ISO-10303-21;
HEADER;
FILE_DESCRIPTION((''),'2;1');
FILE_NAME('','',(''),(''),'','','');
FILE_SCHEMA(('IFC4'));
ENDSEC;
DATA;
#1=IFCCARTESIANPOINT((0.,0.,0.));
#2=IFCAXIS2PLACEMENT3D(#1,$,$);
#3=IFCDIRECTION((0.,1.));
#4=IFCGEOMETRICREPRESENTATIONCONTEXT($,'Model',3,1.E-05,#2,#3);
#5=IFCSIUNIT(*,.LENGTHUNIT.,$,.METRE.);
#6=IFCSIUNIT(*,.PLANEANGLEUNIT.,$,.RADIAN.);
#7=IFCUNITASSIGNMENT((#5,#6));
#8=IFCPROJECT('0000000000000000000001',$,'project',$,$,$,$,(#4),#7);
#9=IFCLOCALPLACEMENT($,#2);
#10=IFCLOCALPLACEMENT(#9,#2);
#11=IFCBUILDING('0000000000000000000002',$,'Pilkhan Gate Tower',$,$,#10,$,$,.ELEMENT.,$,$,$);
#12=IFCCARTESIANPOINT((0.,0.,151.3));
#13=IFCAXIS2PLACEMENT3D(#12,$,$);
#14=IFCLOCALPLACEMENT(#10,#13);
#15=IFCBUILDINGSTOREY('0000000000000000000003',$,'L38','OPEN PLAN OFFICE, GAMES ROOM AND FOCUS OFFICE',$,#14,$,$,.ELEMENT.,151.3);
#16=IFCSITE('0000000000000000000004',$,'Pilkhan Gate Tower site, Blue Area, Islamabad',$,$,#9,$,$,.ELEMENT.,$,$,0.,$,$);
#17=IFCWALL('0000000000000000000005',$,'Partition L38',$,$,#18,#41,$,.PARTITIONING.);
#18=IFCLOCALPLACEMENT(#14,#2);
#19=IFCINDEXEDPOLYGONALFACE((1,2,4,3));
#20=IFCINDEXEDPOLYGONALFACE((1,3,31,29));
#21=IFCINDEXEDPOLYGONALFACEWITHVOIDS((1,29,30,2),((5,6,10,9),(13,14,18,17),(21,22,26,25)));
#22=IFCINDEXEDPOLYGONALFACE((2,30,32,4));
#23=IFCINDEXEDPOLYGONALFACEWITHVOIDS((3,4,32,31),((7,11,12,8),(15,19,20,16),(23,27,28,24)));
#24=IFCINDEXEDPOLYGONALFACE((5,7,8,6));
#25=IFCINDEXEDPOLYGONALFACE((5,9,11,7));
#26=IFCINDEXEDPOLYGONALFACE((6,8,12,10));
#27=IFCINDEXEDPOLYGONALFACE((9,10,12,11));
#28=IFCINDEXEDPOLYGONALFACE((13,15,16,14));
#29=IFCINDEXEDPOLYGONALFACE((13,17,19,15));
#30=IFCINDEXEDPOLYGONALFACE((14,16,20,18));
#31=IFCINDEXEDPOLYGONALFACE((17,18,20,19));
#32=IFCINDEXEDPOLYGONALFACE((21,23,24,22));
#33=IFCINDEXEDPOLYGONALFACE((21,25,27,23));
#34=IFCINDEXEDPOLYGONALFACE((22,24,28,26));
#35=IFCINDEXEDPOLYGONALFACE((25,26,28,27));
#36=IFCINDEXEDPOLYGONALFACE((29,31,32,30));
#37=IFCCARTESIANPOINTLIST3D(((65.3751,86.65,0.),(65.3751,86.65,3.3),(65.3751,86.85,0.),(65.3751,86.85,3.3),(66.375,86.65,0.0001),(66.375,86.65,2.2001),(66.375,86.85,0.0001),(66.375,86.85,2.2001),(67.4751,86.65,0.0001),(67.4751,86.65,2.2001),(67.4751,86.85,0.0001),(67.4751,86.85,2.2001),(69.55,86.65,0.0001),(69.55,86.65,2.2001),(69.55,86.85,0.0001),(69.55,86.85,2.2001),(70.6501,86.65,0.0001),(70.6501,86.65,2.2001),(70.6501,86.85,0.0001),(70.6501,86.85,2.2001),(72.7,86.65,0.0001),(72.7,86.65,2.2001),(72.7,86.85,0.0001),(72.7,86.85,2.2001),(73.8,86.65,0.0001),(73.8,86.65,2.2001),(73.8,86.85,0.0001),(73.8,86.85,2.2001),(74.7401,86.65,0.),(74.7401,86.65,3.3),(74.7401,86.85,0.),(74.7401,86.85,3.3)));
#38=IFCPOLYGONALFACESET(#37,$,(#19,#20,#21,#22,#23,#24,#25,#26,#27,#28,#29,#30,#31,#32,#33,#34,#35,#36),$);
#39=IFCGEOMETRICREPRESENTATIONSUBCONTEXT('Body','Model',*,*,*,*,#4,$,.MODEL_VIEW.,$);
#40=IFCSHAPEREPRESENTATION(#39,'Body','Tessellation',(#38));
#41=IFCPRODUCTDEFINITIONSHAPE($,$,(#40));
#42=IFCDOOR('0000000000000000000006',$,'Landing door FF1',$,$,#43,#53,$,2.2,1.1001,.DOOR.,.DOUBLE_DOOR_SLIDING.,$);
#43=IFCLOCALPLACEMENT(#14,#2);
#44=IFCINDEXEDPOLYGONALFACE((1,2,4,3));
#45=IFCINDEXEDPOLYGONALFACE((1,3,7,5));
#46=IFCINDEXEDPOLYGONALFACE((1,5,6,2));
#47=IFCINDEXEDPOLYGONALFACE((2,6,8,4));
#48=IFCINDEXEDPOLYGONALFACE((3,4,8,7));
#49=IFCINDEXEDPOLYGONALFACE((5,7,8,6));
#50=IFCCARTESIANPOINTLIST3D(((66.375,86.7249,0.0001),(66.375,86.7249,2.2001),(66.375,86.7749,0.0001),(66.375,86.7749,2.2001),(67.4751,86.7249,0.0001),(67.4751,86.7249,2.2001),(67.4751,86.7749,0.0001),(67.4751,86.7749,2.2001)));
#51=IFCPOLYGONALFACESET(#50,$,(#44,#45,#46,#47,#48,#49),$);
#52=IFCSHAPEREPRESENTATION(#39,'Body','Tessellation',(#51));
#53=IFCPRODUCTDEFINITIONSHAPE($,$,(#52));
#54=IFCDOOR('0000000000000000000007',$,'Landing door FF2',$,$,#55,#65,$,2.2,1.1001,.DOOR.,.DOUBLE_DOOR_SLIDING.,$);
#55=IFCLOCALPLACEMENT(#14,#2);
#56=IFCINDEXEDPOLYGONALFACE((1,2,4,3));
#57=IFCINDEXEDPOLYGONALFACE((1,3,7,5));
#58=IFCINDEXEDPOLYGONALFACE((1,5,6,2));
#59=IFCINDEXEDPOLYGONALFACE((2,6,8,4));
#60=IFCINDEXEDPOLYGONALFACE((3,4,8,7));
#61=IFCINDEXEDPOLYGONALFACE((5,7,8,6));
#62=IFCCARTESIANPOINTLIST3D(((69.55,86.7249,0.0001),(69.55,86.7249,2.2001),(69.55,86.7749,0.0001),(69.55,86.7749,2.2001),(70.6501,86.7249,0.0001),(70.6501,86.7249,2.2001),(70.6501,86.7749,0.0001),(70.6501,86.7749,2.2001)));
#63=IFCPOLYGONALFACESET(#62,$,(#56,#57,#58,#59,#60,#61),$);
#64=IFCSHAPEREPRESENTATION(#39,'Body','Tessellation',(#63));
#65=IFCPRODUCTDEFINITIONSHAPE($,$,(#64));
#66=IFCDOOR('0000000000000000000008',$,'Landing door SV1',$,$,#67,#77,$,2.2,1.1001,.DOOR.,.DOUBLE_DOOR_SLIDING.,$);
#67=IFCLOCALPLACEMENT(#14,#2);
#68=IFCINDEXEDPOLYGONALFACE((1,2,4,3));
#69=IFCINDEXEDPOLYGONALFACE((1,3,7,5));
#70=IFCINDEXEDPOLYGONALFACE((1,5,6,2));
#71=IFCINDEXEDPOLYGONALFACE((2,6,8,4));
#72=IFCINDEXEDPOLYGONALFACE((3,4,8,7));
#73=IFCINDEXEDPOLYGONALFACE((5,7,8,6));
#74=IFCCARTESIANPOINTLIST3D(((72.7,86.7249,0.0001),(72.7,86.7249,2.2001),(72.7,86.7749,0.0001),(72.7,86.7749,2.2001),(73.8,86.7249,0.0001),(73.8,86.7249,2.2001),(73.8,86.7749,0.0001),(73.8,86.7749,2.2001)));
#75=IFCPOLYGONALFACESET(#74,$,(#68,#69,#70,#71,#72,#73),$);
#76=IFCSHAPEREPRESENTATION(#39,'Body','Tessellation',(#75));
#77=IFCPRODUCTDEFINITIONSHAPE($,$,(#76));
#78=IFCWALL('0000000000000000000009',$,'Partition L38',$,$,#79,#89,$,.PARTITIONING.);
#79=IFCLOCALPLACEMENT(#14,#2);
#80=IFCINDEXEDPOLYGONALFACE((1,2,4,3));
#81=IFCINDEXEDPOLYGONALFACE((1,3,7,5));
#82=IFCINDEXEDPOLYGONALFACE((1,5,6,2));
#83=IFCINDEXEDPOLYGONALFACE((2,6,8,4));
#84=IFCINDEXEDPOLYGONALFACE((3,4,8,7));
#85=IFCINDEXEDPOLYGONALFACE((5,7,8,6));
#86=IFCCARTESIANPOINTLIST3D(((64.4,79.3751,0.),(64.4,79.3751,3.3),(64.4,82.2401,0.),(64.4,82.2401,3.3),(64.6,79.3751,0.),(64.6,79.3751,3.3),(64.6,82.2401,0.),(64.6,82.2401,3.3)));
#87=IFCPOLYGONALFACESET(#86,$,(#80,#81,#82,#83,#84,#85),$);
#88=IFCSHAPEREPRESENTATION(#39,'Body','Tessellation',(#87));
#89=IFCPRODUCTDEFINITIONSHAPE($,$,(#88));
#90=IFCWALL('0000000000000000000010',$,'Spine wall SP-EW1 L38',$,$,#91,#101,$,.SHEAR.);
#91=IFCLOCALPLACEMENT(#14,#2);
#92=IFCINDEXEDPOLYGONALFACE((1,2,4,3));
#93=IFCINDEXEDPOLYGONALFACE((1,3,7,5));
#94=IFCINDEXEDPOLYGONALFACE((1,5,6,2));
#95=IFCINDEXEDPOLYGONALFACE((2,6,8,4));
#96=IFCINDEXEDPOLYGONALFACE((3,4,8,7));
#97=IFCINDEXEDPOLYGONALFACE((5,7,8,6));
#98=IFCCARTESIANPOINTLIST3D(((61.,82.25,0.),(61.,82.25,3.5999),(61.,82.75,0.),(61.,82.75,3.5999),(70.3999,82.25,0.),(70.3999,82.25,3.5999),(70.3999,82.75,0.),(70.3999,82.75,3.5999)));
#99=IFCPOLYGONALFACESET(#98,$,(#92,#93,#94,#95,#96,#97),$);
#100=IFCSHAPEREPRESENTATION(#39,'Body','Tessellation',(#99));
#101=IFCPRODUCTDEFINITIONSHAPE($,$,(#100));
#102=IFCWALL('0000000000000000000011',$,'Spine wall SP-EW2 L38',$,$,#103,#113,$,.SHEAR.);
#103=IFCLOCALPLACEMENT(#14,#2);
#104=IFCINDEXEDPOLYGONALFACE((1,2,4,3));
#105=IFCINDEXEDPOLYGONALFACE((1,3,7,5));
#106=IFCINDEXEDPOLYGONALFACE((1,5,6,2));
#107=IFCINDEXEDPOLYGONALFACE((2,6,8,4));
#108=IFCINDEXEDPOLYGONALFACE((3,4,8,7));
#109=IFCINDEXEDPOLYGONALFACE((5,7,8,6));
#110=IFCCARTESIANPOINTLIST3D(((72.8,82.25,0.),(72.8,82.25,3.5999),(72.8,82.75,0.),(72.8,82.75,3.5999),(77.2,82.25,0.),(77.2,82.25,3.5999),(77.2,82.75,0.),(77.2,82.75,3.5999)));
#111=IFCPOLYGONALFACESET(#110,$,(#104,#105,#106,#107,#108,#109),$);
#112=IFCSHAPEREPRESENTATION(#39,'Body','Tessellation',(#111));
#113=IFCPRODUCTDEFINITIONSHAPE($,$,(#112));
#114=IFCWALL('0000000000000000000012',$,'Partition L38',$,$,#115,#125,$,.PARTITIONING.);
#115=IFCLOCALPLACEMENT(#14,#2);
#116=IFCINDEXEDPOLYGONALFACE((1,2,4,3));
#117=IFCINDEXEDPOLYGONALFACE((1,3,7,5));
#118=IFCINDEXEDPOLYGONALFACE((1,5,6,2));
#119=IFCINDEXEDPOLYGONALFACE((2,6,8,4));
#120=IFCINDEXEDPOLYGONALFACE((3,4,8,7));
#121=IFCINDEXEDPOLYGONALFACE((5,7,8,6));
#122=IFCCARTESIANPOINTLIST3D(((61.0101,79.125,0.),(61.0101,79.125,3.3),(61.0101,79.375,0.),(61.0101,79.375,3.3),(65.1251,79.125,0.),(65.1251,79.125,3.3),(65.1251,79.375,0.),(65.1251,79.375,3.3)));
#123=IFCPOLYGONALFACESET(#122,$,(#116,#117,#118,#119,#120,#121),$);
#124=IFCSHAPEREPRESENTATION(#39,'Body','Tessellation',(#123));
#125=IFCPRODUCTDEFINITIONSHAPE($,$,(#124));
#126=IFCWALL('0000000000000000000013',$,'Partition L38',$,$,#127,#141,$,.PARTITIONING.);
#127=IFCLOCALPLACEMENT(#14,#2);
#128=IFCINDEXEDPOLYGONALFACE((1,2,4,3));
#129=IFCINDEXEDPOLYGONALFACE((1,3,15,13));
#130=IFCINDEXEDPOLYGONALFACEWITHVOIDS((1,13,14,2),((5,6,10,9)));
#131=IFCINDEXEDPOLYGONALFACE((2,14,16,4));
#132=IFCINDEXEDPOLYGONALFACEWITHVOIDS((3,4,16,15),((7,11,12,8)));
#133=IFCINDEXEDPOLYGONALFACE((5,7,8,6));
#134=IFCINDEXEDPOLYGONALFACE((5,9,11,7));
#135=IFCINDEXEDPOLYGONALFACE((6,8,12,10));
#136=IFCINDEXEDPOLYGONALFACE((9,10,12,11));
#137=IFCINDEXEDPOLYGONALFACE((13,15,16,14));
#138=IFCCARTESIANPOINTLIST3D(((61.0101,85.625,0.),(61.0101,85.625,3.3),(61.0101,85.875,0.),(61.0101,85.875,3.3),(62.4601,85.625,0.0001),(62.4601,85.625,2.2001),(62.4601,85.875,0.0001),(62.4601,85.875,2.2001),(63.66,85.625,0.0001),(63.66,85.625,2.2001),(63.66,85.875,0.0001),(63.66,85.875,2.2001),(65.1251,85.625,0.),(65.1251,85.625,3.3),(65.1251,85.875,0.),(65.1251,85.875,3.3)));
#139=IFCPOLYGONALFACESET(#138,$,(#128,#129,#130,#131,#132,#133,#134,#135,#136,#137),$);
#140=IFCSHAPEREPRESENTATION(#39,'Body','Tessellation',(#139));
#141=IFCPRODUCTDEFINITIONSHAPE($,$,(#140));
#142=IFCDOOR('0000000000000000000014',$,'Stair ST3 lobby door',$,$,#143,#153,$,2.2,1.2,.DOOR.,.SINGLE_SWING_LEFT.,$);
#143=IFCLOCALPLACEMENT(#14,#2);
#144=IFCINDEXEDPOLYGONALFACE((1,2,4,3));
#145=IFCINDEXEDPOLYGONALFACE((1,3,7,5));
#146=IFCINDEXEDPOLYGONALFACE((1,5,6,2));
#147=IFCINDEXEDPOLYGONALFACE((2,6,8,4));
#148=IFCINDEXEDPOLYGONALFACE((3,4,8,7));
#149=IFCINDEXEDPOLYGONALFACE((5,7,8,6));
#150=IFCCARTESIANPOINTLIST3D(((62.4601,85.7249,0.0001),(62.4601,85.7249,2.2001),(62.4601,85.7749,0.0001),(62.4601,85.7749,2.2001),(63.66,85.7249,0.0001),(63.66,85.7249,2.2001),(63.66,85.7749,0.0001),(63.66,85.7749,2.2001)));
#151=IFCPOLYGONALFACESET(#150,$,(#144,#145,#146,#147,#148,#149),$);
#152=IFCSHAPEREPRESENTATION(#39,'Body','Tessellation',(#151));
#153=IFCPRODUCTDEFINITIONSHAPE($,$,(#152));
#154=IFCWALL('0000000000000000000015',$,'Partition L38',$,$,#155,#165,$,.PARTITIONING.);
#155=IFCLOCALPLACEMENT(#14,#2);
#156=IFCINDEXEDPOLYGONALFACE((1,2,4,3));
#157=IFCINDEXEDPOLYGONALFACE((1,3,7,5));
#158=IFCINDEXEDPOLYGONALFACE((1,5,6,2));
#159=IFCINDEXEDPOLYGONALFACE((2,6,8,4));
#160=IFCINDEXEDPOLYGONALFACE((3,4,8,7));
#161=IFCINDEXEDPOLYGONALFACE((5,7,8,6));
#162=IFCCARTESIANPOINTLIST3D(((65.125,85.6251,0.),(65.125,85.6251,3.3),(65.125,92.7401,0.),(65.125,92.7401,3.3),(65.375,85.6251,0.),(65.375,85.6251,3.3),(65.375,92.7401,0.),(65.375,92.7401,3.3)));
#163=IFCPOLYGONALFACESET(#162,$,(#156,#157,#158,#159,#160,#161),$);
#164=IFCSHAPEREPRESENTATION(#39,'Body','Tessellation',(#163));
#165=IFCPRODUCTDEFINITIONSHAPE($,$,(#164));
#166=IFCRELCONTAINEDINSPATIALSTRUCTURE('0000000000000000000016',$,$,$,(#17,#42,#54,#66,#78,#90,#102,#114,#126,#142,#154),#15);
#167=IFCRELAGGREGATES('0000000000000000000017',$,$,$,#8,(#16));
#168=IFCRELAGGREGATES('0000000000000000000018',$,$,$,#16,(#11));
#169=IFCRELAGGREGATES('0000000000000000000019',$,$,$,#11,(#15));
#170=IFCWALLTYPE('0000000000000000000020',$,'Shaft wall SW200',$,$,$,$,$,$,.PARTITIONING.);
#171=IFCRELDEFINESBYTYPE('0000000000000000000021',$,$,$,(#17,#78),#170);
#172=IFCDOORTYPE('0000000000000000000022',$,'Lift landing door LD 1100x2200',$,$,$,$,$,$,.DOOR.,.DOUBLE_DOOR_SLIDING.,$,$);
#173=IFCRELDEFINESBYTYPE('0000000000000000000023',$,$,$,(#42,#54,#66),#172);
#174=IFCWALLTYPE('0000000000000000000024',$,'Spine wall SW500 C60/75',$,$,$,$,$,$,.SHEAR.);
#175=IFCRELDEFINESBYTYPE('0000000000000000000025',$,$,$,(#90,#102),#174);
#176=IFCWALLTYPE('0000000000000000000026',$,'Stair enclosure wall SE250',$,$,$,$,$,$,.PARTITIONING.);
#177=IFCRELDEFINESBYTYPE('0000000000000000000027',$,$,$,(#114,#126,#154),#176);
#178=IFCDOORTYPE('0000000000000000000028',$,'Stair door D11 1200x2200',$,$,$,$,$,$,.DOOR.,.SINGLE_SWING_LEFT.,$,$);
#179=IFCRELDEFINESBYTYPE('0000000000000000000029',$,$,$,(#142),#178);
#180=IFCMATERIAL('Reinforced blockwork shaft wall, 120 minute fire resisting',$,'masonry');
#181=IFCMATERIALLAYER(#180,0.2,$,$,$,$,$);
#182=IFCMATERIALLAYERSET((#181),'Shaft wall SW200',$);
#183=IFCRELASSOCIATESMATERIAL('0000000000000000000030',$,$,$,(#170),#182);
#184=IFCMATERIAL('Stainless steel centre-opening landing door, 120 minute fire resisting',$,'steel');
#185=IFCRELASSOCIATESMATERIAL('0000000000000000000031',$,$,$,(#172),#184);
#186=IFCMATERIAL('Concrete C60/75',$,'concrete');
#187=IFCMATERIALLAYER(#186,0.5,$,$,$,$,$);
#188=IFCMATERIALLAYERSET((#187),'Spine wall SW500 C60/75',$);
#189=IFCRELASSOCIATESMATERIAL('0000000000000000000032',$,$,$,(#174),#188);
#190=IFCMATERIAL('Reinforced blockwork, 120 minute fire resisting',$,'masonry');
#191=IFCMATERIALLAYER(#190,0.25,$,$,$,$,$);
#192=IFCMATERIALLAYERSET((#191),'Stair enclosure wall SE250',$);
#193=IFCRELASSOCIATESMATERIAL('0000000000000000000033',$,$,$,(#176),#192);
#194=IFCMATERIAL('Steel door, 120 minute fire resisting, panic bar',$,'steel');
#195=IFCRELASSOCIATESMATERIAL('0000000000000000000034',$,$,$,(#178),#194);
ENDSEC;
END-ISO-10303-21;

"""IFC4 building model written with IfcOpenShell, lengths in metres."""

from ifc_helpers import new_model, si_unit, direction, frame, frame_2d, origin, place, context, subcontext, project, spatial, rectangle, extrude, material, layer, layer_set, type_object, element, fill, save


model = new_model("IFC4")

# Units and contexts
model_context = context("Model", 3, precision=1e-05, world=origin(), true_north=direction((0.0, 1.0)))
body_context = subcontext(model_context, "Body", "Model", "MODEL_VIEW")
ifc_project = project(units=[si_unit("LENGTHUNIT", "METRE"), si_unit("PLANEANGLEUNIT", "RADIAN")], contexts=[model_context])

# Site, building, storey
site_placement = place(None, origin())
site = spatial("IfcSite", under=ifc_project, at=site_placement, Name="Pilkhan Gate Tower site, Blue Area, Islamabad", CompositionType="ELEMENT", RefElevation=0.0)
building_placement = place(site_placement, origin())
building = spatial("IfcBuilding", under=site, at=building_placement, Name="Pilkhan Gate Tower", CompositionType="ELEMENT")
storey_placement = place(building_placement, frame((0.0, 0.0, 151.3)))
storey = spatial("IfcBuildingStorey", under=building, at=storey_placement, Name="L38", Description="OPEN PLAN OFFICE, GAMES ROOM AND FOCUS OFFICE", CompositionType="ELEMENT", Elevation=151.3)

# Shared definitions
ifc_material_1 = material(Name="Concrete C60/75", Category="concrete")

# Wall, openings, doors
ifc_material_2 = material(Name="Reinforced blockwork shaft wall, 120 minute fire resisting", Category="masonry")
ifc_layer_1 = layer(ifc_material_2, 0.2)
ifc_layer_set_1 = layer_set([ifc_layer_1], Name="Shaft wall SW200")
wall_type_1 = type_object("IfcWallType", Name="Shaft wall SW200", PredefinedType="PARTITIONING", material=ifc_layer_set_1)
wall_1_placement = place(storey_placement, frame((65.375, 86.75, 0.0), z_axis=(0.0, 0.0, 1.0), x_axis=(1.0, 0.0, 0.0)))
wall_1 = element("IfcWall", 1, at=wall_1_placement, inside=storey, type_object=wall_type_1, Name="Partition L38", PredefinedType="PARTITIONING", context=body_context, shape_type="SweptSolid", body=[
    extrude(rectangle(XDim=9.365, YDim=0.2, at=frame_2d((4.6826, 0.0))), origin(), (0.0, 0.0, 1.0), 3.3),
])
opening_1_placement = place(wall_1_placement, frame((1.0, 0.0, 0.0)))
opening_1 = element("IfcOpeningElement", 2, at=opening_1_placement, cuts=wall_1, PredefinedType="OPENING", context=body_context, shape_type="SweptSolid", body=[
    extrude(rectangle(XDim=1.1001, YDim=2.2, at=frame_2d((0.55, 1.1001))), frame((0.0, 0.1099, 0.0), z_axis=(0.0, -1.0, 0.0), x_axis=(1.0, 0.0, 0.0)), (0.0, 0.0, 1.0), 0.22),
])
opening_2_placement = place(wall_1_placement, frame((4.175, 0.0, 0.0)))
opening_2 = element("IfcOpeningElement", 3, at=opening_2_placement, cuts=wall_1, PredefinedType="OPENING", context=body_context, shape_type="SweptSolid", body=[
    extrude(rectangle(XDim=1.1001, YDim=2.2, at=frame_2d((0.55, 1.1001))), frame((0.0, 0.1099, 0.0), z_axis=(0.0, -1.0, 0.0), x_axis=(1.0, 0.0, 0.0)), (0.0, 0.0, 1.0), 0.22),
])
opening_3_placement = place(wall_1_placement, frame((7.325, 0.0, 0.0)))
opening_3 = element("IfcOpeningElement", 4, at=opening_3_placement, cuts=wall_1, PredefinedType="OPENING", context=body_context, shape_type="SweptSolid", body=[
    extrude(rectangle(XDim=1.1001, YDim=2.2, at=frame_2d((0.55, 1.1001))), frame((0.0, 0.1099, 0.0), z_axis=(0.0, -1.0, 0.0), x_axis=(1.0, 0.0, 0.0)), (0.0, 0.0, 1.0), 0.22),
])
ifc_material_3 = material(Name="Stainless steel centre-opening landing door, 120 minute fire resisting", Category="steel")
door_type_1 = type_object("IfcDoorType", Name="Lift landing door LD 1100x2200", OperationType="DOUBLE_DOOR_SLIDING", PredefinedType="DOOR", material=ifc_material_3)
door_1_placement = place(opening_1_placement, origin())
door_1 = element("IfcDoor", 5, at=door_1_placement, inside=storey, type_object=door_type_1, Name="Landing door FF1", OperationType="DOUBLE_DOOR_SLIDING", OverallHeight=2.2, OverallWidth=1.1001, PredefinedType="DOOR", context=body_context, shape_type="SweptSolid", body=[
    extrude(rectangle(XDim=1.1001, YDim=2.2, at=frame_2d((0.55, 1.1001))), frame((0.0, 0.0249, 0.0), z_axis=(0.0, -1.0, 0.0), x_axis=(1.0, 0.0, 0.0)), (0.0, 0.0, 1.0), 0.05),
])
fill(opening_1, door_1)
door_2_placement = place(opening_2_placement, origin())
door_2 = element("IfcDoor", 6, at=door_2_placement, inside=storey, type_object=door_type_1, Name="Landing door FF2", OperationType="DOUBLE_DOOR_SLIDING", OverallHeight=2.2, OverallWidth=1.1001, PredefinedType="DOOR", context=body_context, shape_type="SweptSolid", body=[
    extrude(rectangle(XDim=1.1001, YDim=2.2, at=frame_2d((0.55, 1.1001))), frame((0.0, 0.0249, 0.0), z_axis=(0.0, -1.0, 0.0), x_axis=(1.0, 0.0, 0.0)), (0.0, 0.0, 1.0), 0.05),
])
fill(opening_2, door_2)
door_3_placement = place(opening_3_placement, origin())
door_3 = element("IfcDoor", 7, at=door_3_placement, inside=storey, type_object=door_type_1, Name="Landing door SV1", OperationType="DOUBLE_DOOR_SLIDING", OverallHeight=2.2, OverallWidth=1.1001, PredefinedType="DOOR", context=body_context, shape_type="SweptSolid", body=[
    extrude(rectangle(XDim=1.1001, YDim=2.2, at=frame_2d((0.55, 1.1001))), frame((0.0, 0.0249, 0.0), z_axis=(0.0, -1.0, 0.0), x_axis=(1.0, 0.0, 0.0)), (0.0, 0.0, 1.0), 0.05),
])
fill(opening_3, door_3)

# Walls
wall_2_placement = place(storey_placement, frame((64.5, 79.375, 0.0), z_axis=(0.0, 0.0, 1.0), x_axis=(0.0, 1.0, 0.0)))
element("IfcWall", 8, at=wall_2_placement, inside=storey, type_object=wall_type_1, Name="Partition L38", PredefinedType="PARTITIONING", context=body_context, shape_type="SweptSolid", body=[
    extrude(rectangle(XDim=2.865, YDim=0.2, at=frame_2d((1.4326, 0.0))), origin(), (0.0, 0.0, 1.0), 3.3),
])
ifc_layer_2 = layer(ifc_material_1, 0.5)
ifc_layer_set_2 = layer_set([ifc_layer_2], Name="Spine wall SW500 C60/75")
wall_type_2 = type_object("IfcWallType", Name="Spine wall SW500 C60/75", PredefinedType="SHEAR", material=ifc_layer_set_2)
wall_3_placement = place(storey_placement, frame((61.0, 82.5, 0.0), z_axis=(0.0, 0.0, 1.0), x_axis=(1.0, 0.0, 0.0)))
element("IfcWall", 9, at=wall_3_placement, inside=storey, type_object=wall_type_2, Name="Spine wall SP-EW1 L38", PredefinedType="SHEAR", context=body_context, shape_type="SweptSolid", body=[
    extrude(rectangle(XDim=9.3999, YDim=0.5, at=frame_2d((4.7, 0.0))), origin(), (0.0, 0.0, 1.0), 3.5999),
])
wall_4_placement = place(storey_placement, frame((72.8, 82.5, 0.0), z_axis=(0.0, 0.0, 1.0), x_axis=(1.0, 0.0, 0.0)))
element("IfcWall", 10, at=wall_4_placement, inside=storey, type_object=wall_type_2, Name="Spine wall SP-EW2 L38", PredefinedType="SHEAR", context=body_context, shape_type="SweptSolid", body=[
    extrude(rectangle(XDim=4.3999, YDim=0.5, at=frame_2d((2.2, 0.0))), origin(), (0.0, 0.0, 1.0), 3.5999),
])
ifc_material_4 = material(Name="Reinforced blockwork, 120 minute fire resisting", Category="masonry")
ifc_layer_3 = layer(ifc_material_4, 0.25)
ifc_layer_set_3 = layer_set([ifc_layer_3], Name="Stair enclosure wall SE250")
wall_type_3 = type_object("IfcWallType", Name="Stair enclosure wall SE250", PredefinedType="PARTITIONING", material=ifc_layer_set_3)
wall_5_placement = place(storey_placement, frame((61.01, 79.25, 0.0), z_axis=(0.0, 0.0, 1.0), x_axis=(1.0, 0.0, 0.0)))
element("IfcWall", 11, at=wall_5_placement, inside=storey, type_object=wall_type_3, Name="Partition L38", PredefinedType="PARTITIONING", context=body_context, shape_type="SweptSolid", body=[
    extrude(rectangle(XDim=4.115, YDim=0.25, at=frame_2d((2.0576, 0.0))), origin(), (0.0, 0.0, 1.0), 3.3),
])

# Wall, opening, door
wall_6_placement = place(storey_placement, frame((61.01, 85.75, 0.0), z_axis=(0.0, 0.0, 1.0), x_axis=(1.0, 0.0, 0.0)))
wall_6 = element("IfcWall", 12, at=wall_6_placement, inside=storey, type_object=wall_type_3, Name="Partition L38", PredefinedType="PARTITIONING", context=body_context, shape_type="SweptSolid", body=[
    extrude(rectangle(XDim=4.115, YDim=0.25, at=frame_2d((2.0576, 0.0))), origin(), (0.0, 0.0, 1.0), 3.3),
])
opening_4_placement = place(wall_6_placement, frame((1.45, 0.0, 0.0)))
opening_4 = element("IfcOpeningElement", 13, at=opening_4_placement, cuts=wall_6, PredefinedType="OPENING", context=body_context, shape_type="SweptSolid", body=[
    extrude(rectangle(XDim=1.2, YDim=2.2, at=frame_2d((0.6001, 1.1001))), frame((0.0, 0.135, 0.0), z_axis=(0.0, -1.0, 0.0), x_axis=(1.0, 0.0, 0.0)), (0.0, 0.0, 1.0), 0.27),
])
ifc_material_5 = material(Name="Steel door, 120 minute fire resisting, panic bar", Category="steel")
door_type_2 = type_object("IfcDoorType", Name="Stair door D11 1200x2200", OperationType="SINGLE_SWING_LEFT", PredefinedType="DOOR", material=ifc_material_5)
door_4_placement = place(opening_4_placement, origin())
door_4 = element("IfcDoor", 14, at=door_4_placement, inside=storey, type_object=door_type_2, Name="Stair ST3 lobby door", OperationType="SINGLE_SWING_LEFT", OverallHeight=2.2, OverallWidth=1.2, PredefinedType="DOOR", context=body_context, shape_type="SweptSolid", body=[
    extrude(rectangle(XDim=1.2, YDim=2.2, at=frame_2d((0.6001, 1.1001))), frame((0.0, 0.0249, 0.0), z_axis=(0.0, -1.0, 0.0), x_axis=(1.0, 0.0, 0.0)), (0.0, 0.0, 1.0), 0.05),
])
fill(opening_4, door_4)

# Wall
wall_7_placement = place(storey_placement, frame((65.25, 85.625, 0.0), z_axis=(0.0, 0.0, 1.0), x_axis=(0.0, 1.0, 0.0)))
element("IfcWall", 15, at=wall_7_placement, inside=storey, type_object=wall_type_3, Name="Partition L38", PredefinedType="PARTITIONING", context=body_context, shape_type="SweptSolid", body=[
    extrude(rectangle(XDim=7.115, YDim=0.25, at=frame_2d((3.5576, 0.0))), origin(), (0.0, 0.0, 1.0), 3.3),
])

save(model, "model.ifc")
